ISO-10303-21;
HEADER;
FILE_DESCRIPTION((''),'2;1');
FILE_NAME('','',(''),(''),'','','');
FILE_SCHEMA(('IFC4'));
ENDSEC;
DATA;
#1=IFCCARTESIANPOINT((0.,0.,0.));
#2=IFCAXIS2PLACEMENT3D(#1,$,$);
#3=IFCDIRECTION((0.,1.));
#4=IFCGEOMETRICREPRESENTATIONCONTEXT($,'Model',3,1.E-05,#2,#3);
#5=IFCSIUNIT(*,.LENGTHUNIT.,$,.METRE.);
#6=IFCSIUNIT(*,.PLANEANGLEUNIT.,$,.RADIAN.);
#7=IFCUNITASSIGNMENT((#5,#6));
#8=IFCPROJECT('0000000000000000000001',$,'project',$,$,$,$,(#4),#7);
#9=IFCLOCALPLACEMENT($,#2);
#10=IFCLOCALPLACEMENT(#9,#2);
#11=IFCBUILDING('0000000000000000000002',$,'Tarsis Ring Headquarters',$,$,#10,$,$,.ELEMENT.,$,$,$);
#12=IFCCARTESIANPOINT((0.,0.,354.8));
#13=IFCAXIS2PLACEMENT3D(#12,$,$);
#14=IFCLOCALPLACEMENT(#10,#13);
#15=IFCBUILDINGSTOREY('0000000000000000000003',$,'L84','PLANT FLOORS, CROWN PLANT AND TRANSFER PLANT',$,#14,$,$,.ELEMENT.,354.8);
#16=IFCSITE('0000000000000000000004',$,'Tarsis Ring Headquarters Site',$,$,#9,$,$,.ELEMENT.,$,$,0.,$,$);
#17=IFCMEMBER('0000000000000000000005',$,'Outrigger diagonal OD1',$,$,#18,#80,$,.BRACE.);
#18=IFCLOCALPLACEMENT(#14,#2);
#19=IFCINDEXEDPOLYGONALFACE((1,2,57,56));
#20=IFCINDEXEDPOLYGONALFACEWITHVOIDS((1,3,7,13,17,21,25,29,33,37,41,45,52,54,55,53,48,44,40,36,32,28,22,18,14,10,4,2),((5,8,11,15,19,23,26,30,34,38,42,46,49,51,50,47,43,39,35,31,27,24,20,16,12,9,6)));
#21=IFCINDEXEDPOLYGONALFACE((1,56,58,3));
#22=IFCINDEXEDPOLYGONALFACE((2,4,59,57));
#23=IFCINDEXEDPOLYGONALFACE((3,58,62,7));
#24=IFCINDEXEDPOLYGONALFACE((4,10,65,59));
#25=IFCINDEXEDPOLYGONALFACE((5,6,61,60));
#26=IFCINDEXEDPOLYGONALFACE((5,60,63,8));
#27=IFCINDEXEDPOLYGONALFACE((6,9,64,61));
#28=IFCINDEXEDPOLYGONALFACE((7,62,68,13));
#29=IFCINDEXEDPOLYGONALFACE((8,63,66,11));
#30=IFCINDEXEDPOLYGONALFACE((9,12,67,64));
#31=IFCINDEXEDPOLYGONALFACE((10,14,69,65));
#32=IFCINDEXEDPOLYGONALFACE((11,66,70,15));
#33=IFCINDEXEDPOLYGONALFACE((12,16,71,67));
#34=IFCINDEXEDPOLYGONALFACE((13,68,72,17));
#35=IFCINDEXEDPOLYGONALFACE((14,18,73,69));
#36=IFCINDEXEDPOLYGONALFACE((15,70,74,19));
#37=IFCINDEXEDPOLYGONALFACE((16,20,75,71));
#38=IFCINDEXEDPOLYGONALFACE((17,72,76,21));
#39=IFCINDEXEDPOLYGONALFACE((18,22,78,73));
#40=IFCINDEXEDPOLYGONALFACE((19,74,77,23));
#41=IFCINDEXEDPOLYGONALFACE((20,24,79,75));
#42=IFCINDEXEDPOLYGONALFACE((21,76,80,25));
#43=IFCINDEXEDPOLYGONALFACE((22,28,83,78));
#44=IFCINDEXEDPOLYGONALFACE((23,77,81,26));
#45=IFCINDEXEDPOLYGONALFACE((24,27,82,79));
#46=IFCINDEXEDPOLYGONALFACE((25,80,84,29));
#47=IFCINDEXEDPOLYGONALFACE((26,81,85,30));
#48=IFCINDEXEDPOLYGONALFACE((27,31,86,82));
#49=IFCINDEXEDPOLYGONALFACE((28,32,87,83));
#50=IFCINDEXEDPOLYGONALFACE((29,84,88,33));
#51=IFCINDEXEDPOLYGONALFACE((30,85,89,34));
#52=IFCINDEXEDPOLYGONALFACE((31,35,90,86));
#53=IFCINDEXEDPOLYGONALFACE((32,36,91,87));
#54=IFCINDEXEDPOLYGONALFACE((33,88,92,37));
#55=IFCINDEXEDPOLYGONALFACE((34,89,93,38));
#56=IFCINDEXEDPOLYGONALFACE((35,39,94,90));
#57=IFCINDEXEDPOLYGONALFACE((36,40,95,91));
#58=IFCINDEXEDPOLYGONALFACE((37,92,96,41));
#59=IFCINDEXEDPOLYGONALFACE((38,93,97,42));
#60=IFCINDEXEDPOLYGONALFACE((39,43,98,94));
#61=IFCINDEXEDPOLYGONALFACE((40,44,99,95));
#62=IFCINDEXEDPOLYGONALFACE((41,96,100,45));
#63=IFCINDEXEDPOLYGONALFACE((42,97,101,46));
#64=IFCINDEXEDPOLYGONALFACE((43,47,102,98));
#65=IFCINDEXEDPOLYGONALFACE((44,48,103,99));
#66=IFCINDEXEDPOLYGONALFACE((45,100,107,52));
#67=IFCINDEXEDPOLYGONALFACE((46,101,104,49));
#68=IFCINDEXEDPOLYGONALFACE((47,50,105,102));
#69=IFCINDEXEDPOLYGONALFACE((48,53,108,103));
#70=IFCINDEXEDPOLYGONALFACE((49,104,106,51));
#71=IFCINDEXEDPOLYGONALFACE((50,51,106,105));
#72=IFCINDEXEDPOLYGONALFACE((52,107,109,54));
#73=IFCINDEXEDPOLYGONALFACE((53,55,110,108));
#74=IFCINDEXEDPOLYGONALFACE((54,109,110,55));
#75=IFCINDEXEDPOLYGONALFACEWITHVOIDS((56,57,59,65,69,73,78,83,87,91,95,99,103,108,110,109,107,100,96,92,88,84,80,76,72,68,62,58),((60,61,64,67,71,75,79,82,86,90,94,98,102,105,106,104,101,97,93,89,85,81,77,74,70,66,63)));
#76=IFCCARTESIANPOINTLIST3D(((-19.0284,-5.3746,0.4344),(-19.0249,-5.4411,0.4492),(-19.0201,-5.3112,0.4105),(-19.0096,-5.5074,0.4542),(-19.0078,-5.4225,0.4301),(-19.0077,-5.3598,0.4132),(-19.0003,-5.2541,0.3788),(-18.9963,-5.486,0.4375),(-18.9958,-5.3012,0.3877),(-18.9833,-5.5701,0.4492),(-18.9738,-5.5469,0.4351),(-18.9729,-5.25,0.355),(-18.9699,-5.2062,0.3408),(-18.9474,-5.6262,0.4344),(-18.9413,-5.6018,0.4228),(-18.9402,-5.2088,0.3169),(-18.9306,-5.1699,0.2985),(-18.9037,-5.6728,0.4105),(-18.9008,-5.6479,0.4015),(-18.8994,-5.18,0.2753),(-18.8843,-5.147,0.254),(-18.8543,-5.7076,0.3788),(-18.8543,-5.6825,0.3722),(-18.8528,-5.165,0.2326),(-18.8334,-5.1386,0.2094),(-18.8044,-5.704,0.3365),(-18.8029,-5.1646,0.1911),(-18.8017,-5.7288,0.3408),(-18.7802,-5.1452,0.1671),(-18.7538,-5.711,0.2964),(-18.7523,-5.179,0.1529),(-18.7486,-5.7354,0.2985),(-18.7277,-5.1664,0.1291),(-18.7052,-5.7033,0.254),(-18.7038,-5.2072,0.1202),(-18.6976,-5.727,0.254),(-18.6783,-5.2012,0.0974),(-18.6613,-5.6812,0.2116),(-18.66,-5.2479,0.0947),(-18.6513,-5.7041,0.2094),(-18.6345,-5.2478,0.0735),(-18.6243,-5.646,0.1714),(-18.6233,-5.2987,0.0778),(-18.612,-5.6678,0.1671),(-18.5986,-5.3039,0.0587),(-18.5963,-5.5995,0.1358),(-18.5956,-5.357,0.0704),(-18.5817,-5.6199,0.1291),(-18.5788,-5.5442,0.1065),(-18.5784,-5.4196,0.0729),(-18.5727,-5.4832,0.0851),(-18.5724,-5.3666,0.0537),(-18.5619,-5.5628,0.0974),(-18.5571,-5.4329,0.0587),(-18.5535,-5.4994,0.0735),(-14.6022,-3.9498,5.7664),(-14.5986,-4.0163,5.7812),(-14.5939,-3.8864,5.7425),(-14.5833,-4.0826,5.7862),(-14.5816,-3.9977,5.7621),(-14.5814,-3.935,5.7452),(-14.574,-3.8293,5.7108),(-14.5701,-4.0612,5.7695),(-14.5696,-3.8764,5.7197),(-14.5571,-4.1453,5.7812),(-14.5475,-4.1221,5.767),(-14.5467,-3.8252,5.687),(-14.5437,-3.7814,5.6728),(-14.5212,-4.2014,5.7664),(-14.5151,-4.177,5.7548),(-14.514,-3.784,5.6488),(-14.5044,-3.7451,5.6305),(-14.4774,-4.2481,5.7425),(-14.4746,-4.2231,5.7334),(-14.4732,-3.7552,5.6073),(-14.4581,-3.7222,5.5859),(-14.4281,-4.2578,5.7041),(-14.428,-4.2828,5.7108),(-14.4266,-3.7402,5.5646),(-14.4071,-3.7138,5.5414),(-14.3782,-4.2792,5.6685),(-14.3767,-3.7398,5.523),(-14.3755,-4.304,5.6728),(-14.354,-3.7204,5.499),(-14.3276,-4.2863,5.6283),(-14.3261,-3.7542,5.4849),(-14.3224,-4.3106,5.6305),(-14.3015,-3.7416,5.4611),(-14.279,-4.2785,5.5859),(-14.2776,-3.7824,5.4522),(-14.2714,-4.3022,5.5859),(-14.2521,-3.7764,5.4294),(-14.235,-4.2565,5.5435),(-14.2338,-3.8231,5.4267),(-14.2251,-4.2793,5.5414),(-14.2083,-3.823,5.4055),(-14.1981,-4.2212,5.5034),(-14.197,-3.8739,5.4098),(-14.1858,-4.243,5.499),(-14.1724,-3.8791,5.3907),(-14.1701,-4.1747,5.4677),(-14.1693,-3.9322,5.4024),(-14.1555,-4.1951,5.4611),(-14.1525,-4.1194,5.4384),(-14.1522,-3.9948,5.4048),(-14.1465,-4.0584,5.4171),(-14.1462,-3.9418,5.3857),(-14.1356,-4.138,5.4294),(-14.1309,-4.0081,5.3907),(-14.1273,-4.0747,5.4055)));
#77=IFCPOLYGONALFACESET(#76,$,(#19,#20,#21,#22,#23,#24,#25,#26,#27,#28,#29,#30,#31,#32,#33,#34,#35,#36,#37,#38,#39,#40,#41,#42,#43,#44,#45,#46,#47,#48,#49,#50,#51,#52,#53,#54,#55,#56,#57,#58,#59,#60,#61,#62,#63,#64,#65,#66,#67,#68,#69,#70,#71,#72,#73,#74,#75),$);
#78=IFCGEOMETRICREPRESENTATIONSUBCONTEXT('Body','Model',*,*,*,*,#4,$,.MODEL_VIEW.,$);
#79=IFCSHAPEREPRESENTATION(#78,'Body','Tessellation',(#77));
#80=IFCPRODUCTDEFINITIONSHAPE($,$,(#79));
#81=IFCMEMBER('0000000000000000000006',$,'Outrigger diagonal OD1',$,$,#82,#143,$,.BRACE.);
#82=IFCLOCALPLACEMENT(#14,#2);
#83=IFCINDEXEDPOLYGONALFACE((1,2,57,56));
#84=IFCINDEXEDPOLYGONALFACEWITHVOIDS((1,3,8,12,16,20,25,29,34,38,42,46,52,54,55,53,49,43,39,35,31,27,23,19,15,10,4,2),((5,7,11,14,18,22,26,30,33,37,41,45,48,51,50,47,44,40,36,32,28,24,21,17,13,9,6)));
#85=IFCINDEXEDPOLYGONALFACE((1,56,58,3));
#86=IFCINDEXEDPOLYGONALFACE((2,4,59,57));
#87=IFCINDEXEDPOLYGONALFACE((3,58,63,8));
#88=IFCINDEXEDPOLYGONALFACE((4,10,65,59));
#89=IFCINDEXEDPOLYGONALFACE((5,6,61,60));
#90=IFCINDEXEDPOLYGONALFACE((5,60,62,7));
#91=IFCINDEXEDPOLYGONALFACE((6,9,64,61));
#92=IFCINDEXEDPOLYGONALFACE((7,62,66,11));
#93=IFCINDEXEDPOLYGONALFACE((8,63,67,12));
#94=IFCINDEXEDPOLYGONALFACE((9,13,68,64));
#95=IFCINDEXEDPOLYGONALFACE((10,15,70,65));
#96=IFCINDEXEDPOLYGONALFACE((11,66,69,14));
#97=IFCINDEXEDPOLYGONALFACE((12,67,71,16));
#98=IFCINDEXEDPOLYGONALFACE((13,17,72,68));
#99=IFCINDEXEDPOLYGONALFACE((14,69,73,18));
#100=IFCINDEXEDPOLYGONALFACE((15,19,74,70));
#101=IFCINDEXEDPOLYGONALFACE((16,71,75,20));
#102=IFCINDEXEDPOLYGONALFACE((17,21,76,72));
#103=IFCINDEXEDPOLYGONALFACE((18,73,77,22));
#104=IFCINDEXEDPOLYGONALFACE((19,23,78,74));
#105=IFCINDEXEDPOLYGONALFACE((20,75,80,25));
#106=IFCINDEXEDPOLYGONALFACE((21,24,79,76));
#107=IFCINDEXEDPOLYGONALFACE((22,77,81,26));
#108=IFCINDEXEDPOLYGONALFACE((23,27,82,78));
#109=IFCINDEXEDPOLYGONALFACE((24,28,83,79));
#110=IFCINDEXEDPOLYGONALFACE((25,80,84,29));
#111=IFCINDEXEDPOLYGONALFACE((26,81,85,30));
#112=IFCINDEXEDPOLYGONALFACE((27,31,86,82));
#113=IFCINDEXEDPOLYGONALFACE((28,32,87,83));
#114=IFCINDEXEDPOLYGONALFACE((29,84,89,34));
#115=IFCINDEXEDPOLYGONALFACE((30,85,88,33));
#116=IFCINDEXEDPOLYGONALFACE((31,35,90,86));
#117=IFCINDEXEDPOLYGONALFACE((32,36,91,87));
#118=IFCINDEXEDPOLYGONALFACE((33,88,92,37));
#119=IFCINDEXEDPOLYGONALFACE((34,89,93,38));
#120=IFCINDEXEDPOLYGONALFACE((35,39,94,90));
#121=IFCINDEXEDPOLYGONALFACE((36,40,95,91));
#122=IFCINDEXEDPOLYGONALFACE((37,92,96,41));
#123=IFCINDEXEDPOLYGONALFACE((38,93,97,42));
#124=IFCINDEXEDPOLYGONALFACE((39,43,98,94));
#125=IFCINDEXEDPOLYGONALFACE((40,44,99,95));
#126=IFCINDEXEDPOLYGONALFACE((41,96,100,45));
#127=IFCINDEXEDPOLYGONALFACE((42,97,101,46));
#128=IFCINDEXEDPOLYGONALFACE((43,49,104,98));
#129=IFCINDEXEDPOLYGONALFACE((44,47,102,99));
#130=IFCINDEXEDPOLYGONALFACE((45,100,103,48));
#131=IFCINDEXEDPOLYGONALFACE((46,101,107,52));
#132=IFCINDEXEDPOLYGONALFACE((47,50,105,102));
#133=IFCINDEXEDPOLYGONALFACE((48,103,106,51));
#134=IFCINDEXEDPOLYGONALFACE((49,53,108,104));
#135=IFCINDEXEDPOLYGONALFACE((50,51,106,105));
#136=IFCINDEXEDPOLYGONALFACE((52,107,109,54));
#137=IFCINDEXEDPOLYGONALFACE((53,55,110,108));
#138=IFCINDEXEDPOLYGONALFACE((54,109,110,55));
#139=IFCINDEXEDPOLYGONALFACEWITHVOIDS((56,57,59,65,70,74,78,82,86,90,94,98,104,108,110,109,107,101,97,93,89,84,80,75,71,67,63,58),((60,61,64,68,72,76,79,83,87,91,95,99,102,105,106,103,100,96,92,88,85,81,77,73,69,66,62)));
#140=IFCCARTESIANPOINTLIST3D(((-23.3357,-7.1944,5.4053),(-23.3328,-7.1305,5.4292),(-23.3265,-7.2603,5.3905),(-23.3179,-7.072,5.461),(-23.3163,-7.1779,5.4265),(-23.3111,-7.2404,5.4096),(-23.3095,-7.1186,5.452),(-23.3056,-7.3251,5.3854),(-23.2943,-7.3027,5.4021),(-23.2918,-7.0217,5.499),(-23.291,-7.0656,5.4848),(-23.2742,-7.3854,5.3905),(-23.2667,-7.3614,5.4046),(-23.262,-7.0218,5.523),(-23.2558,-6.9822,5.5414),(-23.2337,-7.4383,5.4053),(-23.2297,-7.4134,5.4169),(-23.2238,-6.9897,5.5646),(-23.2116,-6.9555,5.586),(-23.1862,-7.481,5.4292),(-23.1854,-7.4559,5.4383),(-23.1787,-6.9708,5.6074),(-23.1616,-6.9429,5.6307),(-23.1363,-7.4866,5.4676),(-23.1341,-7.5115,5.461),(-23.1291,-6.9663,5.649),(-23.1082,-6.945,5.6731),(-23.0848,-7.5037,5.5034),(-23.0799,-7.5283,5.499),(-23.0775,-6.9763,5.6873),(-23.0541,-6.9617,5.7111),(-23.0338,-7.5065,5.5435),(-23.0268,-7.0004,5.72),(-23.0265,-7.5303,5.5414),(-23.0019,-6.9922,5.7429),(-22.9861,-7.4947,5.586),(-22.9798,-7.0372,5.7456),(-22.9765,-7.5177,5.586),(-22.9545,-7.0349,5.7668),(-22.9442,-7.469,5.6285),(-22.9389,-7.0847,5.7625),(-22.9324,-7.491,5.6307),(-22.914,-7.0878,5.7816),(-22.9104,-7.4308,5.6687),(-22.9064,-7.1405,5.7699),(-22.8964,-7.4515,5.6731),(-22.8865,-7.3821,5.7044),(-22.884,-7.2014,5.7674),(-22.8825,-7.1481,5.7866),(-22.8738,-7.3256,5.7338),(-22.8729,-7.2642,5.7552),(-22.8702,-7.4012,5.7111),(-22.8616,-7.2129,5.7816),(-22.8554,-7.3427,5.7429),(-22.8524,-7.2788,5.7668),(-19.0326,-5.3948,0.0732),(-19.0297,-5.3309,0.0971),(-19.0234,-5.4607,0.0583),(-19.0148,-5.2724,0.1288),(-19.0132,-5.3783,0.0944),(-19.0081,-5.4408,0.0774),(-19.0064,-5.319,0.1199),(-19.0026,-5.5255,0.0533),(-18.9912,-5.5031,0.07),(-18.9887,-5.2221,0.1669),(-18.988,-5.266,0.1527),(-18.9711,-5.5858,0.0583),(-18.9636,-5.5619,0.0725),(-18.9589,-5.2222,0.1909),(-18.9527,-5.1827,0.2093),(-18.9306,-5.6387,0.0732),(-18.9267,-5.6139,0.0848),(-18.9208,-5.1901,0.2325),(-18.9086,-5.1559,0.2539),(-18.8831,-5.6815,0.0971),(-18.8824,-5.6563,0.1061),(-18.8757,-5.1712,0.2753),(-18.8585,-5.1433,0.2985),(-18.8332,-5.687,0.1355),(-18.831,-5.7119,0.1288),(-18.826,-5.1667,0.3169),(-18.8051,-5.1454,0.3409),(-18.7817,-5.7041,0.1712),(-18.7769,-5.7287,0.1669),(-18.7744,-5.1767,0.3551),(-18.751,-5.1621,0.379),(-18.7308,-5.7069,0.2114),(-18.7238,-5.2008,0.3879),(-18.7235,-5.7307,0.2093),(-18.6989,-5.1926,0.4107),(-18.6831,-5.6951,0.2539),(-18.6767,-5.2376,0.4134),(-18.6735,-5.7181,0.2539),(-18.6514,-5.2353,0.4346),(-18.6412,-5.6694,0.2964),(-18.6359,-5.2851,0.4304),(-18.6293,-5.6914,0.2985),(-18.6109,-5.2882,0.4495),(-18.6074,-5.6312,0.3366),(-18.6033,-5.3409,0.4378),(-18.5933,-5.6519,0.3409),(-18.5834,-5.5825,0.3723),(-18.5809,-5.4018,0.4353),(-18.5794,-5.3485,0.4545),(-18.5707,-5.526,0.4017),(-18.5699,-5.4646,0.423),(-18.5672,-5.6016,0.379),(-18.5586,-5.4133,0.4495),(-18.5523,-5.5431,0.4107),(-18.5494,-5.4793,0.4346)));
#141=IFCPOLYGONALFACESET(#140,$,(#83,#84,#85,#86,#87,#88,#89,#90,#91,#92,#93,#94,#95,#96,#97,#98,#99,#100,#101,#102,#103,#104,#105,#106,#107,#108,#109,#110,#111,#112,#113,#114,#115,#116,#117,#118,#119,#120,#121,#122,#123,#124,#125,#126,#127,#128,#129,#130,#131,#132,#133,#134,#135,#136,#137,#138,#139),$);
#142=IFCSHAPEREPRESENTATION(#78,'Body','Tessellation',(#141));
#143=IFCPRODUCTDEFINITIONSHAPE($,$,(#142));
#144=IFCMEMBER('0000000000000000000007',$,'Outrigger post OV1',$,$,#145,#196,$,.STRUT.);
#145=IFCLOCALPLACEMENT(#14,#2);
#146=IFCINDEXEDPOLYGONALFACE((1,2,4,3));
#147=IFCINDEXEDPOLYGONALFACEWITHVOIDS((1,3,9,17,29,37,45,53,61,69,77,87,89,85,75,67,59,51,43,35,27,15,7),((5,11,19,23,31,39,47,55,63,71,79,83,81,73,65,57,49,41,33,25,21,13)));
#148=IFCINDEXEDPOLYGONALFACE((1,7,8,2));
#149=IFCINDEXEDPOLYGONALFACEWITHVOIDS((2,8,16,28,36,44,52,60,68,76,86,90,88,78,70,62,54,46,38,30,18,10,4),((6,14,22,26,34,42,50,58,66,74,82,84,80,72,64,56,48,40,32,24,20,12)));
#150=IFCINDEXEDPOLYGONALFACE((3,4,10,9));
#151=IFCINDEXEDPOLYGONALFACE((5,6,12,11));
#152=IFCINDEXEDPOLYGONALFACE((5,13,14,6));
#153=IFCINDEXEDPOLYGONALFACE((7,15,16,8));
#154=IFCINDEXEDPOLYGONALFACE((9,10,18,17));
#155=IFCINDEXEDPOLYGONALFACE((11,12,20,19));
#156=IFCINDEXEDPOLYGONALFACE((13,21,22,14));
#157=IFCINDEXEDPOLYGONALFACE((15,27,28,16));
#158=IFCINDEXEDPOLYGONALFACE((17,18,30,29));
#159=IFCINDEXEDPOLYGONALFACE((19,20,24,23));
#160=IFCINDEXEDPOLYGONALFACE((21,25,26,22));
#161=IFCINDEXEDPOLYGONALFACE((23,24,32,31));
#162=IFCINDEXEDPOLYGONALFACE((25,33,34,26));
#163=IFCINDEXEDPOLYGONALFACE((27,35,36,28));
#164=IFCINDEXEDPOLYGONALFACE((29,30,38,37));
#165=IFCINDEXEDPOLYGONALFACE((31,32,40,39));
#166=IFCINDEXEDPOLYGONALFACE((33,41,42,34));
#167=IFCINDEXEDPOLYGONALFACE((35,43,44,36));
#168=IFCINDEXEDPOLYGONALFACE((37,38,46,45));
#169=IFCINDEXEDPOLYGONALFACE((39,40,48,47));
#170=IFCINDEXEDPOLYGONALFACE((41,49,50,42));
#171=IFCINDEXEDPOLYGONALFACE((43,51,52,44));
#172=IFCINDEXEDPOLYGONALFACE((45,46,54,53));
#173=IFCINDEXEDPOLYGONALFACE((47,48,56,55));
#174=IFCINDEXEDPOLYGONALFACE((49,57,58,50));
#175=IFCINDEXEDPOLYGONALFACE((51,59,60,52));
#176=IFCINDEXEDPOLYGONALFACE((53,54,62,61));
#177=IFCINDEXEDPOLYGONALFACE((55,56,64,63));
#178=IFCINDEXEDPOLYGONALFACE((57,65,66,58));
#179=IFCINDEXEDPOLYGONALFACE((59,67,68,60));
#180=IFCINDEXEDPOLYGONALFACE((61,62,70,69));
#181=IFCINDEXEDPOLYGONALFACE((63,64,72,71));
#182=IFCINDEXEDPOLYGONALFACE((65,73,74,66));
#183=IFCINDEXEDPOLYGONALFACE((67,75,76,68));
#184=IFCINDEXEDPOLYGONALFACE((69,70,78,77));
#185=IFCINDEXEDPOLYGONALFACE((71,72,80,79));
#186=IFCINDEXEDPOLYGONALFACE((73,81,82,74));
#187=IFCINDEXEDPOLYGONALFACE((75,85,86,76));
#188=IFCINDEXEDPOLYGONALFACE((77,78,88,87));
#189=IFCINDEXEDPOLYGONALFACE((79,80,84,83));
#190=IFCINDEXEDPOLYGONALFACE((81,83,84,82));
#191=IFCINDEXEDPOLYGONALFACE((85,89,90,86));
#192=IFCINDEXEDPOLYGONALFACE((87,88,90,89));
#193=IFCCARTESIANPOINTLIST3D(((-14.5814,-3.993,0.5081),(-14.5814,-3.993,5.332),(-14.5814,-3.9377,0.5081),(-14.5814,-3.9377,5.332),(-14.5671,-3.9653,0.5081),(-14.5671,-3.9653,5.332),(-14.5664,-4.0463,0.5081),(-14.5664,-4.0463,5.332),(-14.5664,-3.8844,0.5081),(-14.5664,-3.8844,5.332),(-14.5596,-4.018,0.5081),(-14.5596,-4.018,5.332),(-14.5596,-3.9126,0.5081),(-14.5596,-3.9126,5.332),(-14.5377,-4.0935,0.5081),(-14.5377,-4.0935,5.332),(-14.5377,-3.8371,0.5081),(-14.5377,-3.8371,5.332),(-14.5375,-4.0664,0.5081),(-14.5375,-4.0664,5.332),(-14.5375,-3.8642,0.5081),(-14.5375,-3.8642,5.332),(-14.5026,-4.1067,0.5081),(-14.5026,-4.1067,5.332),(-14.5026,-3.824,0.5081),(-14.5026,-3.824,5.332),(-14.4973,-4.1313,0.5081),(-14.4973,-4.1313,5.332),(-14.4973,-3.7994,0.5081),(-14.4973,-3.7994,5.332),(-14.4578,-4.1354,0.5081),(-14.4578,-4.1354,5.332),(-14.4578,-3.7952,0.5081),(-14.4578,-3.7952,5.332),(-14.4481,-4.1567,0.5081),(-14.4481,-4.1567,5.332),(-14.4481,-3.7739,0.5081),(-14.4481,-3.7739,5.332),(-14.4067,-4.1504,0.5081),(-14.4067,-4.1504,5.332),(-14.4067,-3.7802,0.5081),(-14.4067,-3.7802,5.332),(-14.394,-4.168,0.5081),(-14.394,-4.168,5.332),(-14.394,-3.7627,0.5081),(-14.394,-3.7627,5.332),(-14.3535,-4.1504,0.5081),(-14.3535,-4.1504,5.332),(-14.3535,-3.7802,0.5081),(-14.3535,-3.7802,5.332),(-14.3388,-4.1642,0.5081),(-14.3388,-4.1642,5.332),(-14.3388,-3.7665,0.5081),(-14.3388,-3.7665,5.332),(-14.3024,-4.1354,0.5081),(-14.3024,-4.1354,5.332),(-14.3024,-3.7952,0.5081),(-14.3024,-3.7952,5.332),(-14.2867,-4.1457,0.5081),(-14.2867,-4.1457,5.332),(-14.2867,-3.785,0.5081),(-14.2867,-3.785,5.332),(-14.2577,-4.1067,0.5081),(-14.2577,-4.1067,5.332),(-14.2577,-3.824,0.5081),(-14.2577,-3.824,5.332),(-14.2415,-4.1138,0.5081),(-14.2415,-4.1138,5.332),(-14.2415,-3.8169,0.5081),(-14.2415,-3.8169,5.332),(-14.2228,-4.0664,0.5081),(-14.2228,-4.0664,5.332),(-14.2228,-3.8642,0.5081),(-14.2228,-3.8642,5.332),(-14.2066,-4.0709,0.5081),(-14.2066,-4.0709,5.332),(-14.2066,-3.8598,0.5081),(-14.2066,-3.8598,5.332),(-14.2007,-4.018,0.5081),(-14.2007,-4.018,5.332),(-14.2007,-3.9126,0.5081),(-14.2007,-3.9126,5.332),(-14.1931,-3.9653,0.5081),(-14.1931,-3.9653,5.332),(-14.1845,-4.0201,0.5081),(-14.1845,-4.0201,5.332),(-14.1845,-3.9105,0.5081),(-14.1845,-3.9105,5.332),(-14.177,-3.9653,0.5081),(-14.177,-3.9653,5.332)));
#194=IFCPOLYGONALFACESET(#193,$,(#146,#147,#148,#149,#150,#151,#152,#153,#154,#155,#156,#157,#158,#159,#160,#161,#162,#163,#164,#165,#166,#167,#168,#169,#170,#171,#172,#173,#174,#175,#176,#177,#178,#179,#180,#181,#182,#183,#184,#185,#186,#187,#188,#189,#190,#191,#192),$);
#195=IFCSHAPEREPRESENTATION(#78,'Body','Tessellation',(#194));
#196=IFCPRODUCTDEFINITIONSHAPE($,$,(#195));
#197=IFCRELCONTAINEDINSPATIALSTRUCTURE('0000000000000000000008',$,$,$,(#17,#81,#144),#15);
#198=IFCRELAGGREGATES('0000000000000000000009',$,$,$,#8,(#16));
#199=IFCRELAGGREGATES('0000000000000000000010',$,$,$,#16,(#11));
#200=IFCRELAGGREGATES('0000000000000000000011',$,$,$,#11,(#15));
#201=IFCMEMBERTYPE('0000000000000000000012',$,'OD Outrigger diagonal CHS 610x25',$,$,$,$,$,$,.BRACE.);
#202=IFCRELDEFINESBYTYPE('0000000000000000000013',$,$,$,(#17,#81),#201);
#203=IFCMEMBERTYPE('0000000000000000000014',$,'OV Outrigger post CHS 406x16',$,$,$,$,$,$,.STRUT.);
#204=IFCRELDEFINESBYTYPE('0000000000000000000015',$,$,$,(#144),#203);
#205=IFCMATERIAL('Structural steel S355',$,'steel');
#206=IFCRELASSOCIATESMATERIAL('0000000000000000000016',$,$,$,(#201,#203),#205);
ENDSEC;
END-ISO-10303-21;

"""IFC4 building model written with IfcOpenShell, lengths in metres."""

from ifc_helpers import new_model, si_unit, direction, frame, origin, origin_2d, place, context, subcontext, project, spatial, hollow_circle, extrude, material, material_profile, profile_set, type_object, element, save


model = new_model("IFC4")

# Units and contexts
model_context = context("Model", 3, precision=1e-05, world=origin(), true_north=direction((0.0, 1.0)))
body_context = subcontext(model_context, "Body", "Model", "MODEL_VIEW")
ifc_project = project(units=[si_unit("LENGTHUNIT", "METRE"), si_unit("PLANEANGLEUNIT", "RADIAN")], contexts=[model_context])

# Site, building, storey
site_placement = place(None, origin())
site = spatial("IfcSite", under=ifc_project, at=site_placement, Name="Tarsis Ring Headquarters Site", CompositionType="ELEMENT", RefElevation=0.0)
building_placement = place(site_placement, origin())
building = spatial("IfcBuilding", under=site, at=building_placement, Name="Tarsis Ring Headquarters", CompositionType="ELEMENT")
storey_placement = place(building_placement, frame((0.0, 0.0, 354.8)))
storey = spatial("IfcBuildingStorey", under=building, at=storey_placement, Name="L84", Description="PLANT FLOORS, CROWN PLANT AND TRANSFER PLANT", CompositionType="ELEMENT", Elevation=354.8)

# Members
ifc_material_1 = material(Name="Structural steel S355", Category="steel")
ifc_material_profile_1 = material_profile(ifc_material_1, hollow_circle(Radius=0.3047, WallThickness=0.0249, at=origin_2d()), Name="CHS 610x25")
ifc_profile_set_1 = profile_set([ifc_material_profile_1], Name="Structural steel S355")
member_type_1 = type_object("IfcMemberType", Name="OD Outrigger diagonal CHS 610x25", PredefinedType="BRACE", material=ifc_profile_set_1)
member_1_placement = place(storey_placement, frame((-14.3647, -4.0122, 5.5859), z_axis=(-0.625641, -0.201392, -0.753668), x_axis=(0.306414, -0.951898, 0.0)))
element("IfcMember", 1, at=member_1_placement, inside=storey, type_object=member_type_1, Name="Outrigger diagonal OD1", PredefinedType="BRACE", context=body_context, shape_type="SweptSolid", body=[
    extrude(hollow_circle(Radius=0.3047, WallThickness=0.0249, at=origin_2d()), origin(), (0.0, 0.0, 1.0), 7.0747),
])
member_2_placement = place(storey_placement, frame((-18.791, -5.437, 0.2539), z_axis=(-0.607413, -0.254028, 0.752675), x_axis=(0.38583, -0.92257, 0.0)))
element("IfcMember", 2, at=member_2_placement, inside=storey, type_object=member_type_1, Name="Outrigger diagonal OD1", PredefinedType="BRACE", context=body_context, shape_type="SweptSolid", body=[
    extrude(hollow_circle(Radius=0.3047, WallThickness=0.0249, at=origin_2d()), origin(), (0.0, 0.0, 1.0), 7.0842),
])
ifc_material_profile_2 = material_profile(ifc_material_1, hollow_circle(Radius=0.2031, WallThickness=0.0161, at=origin_2d()), Name="CHS 406x16")
ifc_profile_set_2 = profile_set([ifc_material_profile_2], Name="Structural steel S355")
member_type_2 = type_object("IfcMemberType", Name="OV Outrigger post CHS 406x16", PredefinedType="STRUT", material=ifc_profile_set_2)
for number, where, z_axis, x_axis, name in (
    (3, (-14.3801, -3.9653, 0.5081), (0.0, 0.0, 1.0), (1.0, 0.0, 0.0), "Outrigger post OV1"),
):
    element("IfcMember", number, at=place(storey_placement, frame(where, z_axis=z_axis, x_axis=x_axis)), inside=storey, type_object=member_type_2, Name=name, PredefinedType="STRUT", context=body_context, shape_type="SweptSolid", body=[
        extrude(hollow_circle(Radius=0.2031, WallThickness=0.0161, at=origin_2d()), origin(), (0.0, 0.0, 1.0), 4.824),
    ])

save(model, "model.ifc")
